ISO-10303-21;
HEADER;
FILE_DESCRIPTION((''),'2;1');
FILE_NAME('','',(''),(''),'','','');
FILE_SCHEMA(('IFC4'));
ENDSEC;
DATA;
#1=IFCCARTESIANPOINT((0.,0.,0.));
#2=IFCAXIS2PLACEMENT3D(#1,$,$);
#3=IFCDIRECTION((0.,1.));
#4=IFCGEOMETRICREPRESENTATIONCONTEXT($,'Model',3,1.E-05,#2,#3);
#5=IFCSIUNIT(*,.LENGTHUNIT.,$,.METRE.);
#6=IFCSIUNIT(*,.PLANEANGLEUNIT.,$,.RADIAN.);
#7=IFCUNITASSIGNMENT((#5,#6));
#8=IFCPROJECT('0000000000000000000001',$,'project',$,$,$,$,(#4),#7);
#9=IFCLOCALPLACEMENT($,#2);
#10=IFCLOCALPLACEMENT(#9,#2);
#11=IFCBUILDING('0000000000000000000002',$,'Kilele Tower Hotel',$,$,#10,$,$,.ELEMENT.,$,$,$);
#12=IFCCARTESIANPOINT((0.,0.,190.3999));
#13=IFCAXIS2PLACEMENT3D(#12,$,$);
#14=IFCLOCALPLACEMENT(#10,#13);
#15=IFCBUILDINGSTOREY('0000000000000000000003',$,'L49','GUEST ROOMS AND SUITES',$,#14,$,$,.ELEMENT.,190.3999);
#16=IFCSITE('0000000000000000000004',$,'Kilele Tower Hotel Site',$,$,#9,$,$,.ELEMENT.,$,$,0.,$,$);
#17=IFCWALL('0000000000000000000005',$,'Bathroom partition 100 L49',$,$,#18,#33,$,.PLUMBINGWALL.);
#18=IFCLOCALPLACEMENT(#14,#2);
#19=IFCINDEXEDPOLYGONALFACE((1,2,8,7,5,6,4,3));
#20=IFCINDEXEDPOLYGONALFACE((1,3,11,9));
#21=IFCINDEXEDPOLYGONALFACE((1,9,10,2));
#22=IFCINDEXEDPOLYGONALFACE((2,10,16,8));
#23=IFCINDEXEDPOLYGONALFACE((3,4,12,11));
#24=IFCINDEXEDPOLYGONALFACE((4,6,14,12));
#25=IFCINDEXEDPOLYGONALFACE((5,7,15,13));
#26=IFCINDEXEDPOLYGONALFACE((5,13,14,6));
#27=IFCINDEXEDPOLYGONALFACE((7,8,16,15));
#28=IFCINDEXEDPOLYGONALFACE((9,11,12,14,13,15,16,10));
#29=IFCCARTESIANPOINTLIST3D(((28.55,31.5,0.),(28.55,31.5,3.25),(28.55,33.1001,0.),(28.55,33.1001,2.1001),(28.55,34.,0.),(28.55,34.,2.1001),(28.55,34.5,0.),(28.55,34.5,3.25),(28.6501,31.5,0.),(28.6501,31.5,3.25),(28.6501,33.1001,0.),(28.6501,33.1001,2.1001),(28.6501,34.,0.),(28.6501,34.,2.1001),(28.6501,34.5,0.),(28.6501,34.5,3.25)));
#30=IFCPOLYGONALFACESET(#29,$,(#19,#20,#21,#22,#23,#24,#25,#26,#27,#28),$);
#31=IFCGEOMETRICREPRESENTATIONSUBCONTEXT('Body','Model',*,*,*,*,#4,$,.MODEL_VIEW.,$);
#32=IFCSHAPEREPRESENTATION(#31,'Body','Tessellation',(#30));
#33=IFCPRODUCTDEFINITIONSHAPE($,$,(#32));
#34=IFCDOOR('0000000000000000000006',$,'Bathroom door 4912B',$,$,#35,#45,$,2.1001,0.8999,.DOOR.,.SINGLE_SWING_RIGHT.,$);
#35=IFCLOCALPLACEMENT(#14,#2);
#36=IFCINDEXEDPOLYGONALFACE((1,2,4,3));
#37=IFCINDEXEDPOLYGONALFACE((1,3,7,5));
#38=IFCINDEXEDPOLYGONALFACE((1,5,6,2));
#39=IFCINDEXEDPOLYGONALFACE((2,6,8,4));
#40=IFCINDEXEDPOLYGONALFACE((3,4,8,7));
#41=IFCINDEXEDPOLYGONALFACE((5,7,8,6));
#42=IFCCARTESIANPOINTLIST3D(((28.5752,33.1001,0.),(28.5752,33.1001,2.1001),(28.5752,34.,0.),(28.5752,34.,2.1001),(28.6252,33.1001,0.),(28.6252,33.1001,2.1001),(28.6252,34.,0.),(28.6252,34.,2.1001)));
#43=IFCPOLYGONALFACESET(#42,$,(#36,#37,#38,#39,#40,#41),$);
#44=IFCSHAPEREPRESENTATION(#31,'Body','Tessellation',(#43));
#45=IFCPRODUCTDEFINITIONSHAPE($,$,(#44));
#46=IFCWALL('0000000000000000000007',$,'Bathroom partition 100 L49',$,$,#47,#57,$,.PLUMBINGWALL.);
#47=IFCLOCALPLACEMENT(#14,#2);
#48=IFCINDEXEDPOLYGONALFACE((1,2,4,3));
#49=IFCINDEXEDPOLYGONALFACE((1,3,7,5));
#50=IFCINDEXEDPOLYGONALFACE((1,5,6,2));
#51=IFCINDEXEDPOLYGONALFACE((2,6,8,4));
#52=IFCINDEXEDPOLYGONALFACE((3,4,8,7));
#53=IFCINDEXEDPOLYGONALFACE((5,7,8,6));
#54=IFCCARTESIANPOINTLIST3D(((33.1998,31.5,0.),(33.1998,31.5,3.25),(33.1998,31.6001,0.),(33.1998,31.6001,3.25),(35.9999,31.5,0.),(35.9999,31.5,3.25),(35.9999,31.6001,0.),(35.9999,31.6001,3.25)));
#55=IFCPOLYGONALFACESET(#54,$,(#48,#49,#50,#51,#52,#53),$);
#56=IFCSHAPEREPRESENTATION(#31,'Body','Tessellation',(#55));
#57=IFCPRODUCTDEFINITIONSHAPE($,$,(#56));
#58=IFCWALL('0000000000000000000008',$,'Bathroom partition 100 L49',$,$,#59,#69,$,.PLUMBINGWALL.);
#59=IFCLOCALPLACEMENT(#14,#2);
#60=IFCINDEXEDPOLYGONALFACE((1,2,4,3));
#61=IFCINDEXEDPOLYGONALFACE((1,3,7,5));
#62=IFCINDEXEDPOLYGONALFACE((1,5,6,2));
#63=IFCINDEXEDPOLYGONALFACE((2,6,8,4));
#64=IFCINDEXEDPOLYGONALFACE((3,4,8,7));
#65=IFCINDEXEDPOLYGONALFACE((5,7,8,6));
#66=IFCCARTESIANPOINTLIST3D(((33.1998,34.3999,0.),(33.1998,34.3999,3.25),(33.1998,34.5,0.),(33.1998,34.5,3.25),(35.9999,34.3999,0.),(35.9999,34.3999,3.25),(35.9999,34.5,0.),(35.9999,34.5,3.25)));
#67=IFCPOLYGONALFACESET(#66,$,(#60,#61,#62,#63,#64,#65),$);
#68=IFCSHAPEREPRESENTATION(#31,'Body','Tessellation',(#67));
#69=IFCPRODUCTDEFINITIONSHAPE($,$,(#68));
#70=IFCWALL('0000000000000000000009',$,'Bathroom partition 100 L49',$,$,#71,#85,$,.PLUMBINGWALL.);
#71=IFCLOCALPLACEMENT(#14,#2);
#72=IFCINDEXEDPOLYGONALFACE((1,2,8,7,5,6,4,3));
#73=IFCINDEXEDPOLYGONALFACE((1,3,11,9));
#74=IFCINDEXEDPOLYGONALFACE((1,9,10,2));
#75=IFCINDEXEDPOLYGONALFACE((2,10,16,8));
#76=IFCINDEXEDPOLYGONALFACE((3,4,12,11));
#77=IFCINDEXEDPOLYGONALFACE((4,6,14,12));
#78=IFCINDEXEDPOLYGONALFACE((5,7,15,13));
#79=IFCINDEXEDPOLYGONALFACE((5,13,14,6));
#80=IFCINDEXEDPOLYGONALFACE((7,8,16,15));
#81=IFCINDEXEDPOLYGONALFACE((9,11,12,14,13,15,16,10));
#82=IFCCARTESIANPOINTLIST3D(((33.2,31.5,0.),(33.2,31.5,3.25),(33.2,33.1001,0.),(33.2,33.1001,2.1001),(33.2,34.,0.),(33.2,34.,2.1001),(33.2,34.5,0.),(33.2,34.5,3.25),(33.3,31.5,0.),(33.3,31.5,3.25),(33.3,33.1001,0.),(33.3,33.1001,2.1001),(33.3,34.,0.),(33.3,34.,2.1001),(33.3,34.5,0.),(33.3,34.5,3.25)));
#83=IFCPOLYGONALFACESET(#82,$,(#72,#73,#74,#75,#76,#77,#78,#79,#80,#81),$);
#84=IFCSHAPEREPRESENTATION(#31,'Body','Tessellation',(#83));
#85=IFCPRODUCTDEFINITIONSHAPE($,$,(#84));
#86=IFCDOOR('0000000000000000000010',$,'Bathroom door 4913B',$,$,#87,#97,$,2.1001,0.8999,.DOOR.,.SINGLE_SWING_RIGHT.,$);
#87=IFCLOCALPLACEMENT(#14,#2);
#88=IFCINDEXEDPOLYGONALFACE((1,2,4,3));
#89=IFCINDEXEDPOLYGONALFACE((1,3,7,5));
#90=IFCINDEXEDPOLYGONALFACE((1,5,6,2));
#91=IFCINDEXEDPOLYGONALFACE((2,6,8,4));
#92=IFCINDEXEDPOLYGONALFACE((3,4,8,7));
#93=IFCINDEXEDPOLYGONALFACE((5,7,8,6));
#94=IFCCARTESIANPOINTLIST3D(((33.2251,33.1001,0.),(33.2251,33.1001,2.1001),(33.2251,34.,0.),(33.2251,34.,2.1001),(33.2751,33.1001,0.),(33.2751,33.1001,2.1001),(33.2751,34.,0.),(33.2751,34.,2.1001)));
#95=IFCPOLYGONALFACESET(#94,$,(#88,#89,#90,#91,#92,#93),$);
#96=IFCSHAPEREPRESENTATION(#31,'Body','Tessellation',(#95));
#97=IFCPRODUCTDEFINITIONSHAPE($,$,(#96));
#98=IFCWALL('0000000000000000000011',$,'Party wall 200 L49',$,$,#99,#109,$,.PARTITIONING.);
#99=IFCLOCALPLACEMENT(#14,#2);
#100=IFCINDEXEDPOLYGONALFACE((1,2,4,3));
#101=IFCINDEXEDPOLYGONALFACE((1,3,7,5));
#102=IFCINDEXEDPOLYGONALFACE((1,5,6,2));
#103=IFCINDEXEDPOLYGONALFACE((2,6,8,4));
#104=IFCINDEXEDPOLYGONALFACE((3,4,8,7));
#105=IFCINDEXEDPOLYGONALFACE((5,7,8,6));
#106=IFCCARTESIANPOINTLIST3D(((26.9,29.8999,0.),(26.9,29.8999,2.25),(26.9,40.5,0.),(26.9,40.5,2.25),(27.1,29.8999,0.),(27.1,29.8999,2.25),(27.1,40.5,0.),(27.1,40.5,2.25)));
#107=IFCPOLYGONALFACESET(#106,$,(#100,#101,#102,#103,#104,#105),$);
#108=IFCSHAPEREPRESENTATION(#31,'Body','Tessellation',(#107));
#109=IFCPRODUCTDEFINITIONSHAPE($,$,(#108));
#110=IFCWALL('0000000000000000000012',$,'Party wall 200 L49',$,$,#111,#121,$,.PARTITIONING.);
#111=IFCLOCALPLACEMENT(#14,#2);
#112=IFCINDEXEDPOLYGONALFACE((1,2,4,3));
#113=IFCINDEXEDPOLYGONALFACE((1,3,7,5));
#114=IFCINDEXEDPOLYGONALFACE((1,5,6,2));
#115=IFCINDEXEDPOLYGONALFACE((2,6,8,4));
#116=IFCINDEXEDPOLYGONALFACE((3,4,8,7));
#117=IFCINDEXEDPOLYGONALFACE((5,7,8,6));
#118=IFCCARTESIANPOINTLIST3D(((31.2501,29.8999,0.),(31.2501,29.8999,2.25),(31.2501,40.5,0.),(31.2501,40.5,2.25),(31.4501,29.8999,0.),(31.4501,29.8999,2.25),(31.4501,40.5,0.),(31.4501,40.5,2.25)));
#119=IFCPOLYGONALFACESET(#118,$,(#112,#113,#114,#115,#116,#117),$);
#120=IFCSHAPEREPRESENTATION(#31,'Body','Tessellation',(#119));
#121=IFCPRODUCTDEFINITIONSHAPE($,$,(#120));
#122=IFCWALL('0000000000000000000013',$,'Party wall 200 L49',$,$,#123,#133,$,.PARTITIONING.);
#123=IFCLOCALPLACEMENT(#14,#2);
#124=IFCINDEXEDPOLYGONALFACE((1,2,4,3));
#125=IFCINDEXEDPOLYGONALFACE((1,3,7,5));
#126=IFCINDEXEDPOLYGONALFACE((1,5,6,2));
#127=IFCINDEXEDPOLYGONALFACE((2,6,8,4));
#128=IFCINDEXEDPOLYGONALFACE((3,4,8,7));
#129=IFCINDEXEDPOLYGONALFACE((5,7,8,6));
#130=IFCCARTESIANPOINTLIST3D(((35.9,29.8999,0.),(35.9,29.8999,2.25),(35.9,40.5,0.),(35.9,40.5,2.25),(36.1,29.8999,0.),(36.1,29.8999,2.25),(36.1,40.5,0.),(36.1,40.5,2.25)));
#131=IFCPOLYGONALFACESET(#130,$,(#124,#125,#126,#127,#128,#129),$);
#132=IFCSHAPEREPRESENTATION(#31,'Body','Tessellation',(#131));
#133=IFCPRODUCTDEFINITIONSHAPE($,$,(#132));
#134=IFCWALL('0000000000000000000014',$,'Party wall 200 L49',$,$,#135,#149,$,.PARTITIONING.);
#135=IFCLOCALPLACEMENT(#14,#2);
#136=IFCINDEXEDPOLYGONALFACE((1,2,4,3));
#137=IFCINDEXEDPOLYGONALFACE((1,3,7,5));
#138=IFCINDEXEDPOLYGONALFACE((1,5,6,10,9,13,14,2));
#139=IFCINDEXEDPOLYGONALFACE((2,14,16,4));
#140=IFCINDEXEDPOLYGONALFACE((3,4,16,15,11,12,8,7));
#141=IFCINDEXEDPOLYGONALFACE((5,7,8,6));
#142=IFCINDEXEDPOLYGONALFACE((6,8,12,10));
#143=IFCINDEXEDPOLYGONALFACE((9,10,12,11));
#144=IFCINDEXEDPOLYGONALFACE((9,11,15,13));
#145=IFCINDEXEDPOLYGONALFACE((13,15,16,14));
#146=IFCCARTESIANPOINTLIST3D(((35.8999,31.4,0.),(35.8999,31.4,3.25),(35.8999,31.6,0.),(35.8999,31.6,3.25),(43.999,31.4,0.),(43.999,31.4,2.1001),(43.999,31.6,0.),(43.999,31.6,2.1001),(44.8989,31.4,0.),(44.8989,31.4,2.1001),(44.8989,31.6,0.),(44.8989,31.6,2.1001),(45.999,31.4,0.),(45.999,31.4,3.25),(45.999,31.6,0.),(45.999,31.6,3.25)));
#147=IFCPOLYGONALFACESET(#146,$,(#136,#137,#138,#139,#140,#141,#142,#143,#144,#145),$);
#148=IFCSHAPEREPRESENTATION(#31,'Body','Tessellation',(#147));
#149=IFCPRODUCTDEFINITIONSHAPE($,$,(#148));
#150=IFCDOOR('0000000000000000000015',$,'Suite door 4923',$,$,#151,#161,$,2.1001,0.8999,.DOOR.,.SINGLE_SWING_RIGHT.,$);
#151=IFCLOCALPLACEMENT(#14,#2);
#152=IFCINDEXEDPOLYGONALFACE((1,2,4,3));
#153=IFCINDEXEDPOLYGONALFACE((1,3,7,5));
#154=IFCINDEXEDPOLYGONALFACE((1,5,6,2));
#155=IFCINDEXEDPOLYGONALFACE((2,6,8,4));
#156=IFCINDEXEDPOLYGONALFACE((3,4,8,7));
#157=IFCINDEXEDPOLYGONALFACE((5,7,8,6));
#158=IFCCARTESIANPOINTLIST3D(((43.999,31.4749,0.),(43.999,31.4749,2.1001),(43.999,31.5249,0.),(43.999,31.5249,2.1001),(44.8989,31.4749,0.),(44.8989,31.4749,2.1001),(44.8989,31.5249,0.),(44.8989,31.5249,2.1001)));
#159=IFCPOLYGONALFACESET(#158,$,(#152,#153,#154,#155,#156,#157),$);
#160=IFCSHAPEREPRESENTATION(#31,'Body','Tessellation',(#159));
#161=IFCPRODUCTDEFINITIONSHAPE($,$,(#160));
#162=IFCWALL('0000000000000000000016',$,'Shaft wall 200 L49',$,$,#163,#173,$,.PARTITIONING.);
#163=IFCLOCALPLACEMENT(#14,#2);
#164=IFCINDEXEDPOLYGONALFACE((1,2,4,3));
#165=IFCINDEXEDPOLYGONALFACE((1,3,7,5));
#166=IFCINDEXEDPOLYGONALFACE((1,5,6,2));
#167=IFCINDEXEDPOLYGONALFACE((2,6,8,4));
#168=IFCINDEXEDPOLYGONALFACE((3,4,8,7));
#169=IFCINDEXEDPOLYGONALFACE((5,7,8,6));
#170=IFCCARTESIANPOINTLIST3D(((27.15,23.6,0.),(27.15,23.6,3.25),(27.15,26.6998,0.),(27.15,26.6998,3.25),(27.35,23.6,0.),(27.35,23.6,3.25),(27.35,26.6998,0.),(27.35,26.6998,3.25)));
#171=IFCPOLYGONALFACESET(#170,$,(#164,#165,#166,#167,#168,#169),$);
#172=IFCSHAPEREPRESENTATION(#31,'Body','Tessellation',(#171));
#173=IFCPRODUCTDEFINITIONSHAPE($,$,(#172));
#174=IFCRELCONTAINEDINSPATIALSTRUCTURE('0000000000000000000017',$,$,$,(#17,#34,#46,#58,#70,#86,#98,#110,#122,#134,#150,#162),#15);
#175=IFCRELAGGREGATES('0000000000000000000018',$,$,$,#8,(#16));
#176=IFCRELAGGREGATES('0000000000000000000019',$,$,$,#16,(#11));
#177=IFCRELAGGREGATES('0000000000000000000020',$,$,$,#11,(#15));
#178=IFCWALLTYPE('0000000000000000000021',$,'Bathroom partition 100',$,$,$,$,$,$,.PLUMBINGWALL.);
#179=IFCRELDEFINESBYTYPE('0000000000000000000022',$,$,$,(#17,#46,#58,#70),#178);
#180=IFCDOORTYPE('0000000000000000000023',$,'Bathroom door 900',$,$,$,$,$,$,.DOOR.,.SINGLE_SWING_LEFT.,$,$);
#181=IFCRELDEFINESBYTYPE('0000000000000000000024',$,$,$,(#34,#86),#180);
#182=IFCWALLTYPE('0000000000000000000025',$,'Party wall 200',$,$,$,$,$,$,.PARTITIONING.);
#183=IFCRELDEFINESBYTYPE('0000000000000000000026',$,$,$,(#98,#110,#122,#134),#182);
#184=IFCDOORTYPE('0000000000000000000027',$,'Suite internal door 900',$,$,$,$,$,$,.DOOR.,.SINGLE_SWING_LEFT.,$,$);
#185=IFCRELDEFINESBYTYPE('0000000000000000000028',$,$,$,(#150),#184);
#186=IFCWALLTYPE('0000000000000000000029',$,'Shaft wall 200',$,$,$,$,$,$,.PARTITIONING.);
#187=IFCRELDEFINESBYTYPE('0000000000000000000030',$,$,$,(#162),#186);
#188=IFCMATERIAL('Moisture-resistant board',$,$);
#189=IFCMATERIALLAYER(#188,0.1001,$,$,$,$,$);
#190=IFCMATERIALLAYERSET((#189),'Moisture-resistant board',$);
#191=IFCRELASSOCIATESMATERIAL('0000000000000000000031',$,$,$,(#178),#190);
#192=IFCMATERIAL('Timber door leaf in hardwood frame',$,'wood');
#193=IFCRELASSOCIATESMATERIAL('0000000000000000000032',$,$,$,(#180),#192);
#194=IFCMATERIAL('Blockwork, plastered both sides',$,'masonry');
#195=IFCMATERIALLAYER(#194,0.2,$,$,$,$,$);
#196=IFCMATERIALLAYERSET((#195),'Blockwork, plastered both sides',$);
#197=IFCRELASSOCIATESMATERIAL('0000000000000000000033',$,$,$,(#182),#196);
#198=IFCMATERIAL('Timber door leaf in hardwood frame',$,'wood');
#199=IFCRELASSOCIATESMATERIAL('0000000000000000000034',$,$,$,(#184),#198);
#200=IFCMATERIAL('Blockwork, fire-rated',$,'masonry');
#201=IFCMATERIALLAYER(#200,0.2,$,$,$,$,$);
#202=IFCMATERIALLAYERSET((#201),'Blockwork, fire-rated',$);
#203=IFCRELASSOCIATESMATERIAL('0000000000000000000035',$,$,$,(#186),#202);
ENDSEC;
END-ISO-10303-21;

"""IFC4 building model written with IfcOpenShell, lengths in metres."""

from ifc_helpers import new_model, si_unit, direction, frame, frame_2d, origin, place, context, subcontext, project, spatial, rectangle, extrude, material, layer, layer_set, type_object, element, fill, save


model = new_model("IFC4")

# Units and contexts
model_context = context("Model", 3, precision=1e-05, world=origin(), true_north=direction((0.0, 1.0)))
body_context = subcontext(model_context, "Body", "Model", "MODEL_VIEW")
ifc_project = project(units=[si_unit("LENGTHUNIT", "METRE"), si_unit("PLANEANGLEUNIT", "RADIAN")], contexts=[model_context])

# Site, building, storey
site_placement = place(None, origin())
site = spatial("IfcSite", under=ifc_project, at=site_placement, Name="Kilele Tower Hotel Site", CompositionType="ELEMENT", RefElevation=0.0)
building_placement = place(site_placement, origin())
building = spatial("IfcBuilding", under=site, at=building_placement, Name="Kilele Tower Hotel", CompositionType="ELEMENT")
storey_placement = place(building_placement, frame((0.0, 0.0, 190.3999)))
storey = spatial("IfcBuildingStorey", under=building, at=storey_placement, Name="L49", Description="GUEST ROOMS AND SUITES", CompositionType="ELEMENT", Elevation=190.3999)

# Shared definitions
ifc_material_1 = material(Name="Moisture-resistant board")
ifc_layer_1 = layer(ifc_material_1, 0.1001)
ifc_layer_set_1 = layer_set([ifc_layer_1], Name="Moisture-resistant board")
wall_type_1 = type_object("IfcWallType", Name="Bathroom partition 100", PredefinedType="PLUMBINGWALL", material=ifc_layer_set_1)

# Shared definitions
ifc_material_2 = material(Name="Timber door leaf in hardwood frame", Category="wood")
door_type_1 = type_object("IfcDoorType", Name="Bathroom door 900", OperationType="SINGLE_SWING_LEFT", PredefinedType="DOOR", material=ifc_material_2)

# Wall, opening, door
wall_1_placement = place(storey_placement, frame((28.6001, 31.5, 0.0), z_axis=(0.0, 0.0, 1.0), x_axis=(0.0, 1.0, 0.0)))
wall_1 = element("IfcWall", 1, at=wall_1_placement, inside=storey, type_object=wall_type_1, Name="Bathroom partition 100 L49", PredefinedType="PLUMBINGWALL", context=body_context, shape_type="SweptSolid", body=[
    extrude(rectangle(XDim=3.0, YDim=0.1001, at=frame_2d((1.5, 0.0))), origin(), (0.0, 0.0, 1.0), 3.25),
])
opening_1_placement = place(wall_1_placement, frame((1.6001, 0.0, 0.0)))
opening_1 = element("IfcOpeningElement", 2, at=opening_1_placement, cuts=wall_1, PredefinedType="OPENING", context=body_context, shape_type="SweptSolid", body=[
    extrude(rectangle(XDim=0.8999, YDim=2.1001, at=frame_2d((0.45, 1.05))), frame((0.0, 0.0601, 0.0), z_axis=(0.0, -1.0, 0.0), x_axis=(1.0, 0.0, 0.0)), (0.0, 0.0, 1.0), 0.1201),
])
door_1_placement = place(opening_1_placement, origin())
door_1 = element("IfcDoor", 3, at=door_1_placement, inside=storey, type_object=door_type_1, Name="Bathroom door 4912B", OperationType="SINGLE_SWING_RIGHT", OverallHeight=2.1001, OverallWidth=0.8999, PredefinedType="DOOR", context=body_context, shape_type="SweptSolid", body=[
    extrude(rectangle(XDim=0.8999, YDim=2.1001, at=frame_2d((0.45, 1.05))), frame((0.0, 0.0249, 0.0), z_axis=(0.0, -1.0, 0.0), x_axis=(1.0, 0.0, 0.0)), (0.0, 0.0, 1.0), 0.05),
])
fill(opening_1, door_1)

# Walls
for number, where, z_axis, x_axis, name in (
    (4, (33.2, 31.55, 0.0), (0.0, 0.0, 1.0), (1.0, 0.0, 0.0), "Bathroom partition 100 L49"),
    (5, (33.2, 34.45, 0.0), (0.0, 0.0, 1.0), (1.0, 0.0, 0.0), "Bathroom partition 100 L49"),
):
    element("IfcWall", number, at=place(storey_placement, frame(where, z_axis=z_axis, x_axis=x_axis)), inside=storey, type_object=wall_type_1, Name=name, PredefinedType="PLUMBINGWALL", context=body_context, shape_type="SweptSolid", body=[
        extrude(rectangle(XDim=2.8, YDim=0.1001, at=frame_2d((1.3999, 0.0))), origin(), (0.0, 0.0, 1.0), 3.25),
    ])

# Wall, opening, door
wall_2_placement = place(storey_placement, frame((33.25, 31.5, 0.0), z_axis=(0.0, 0.0, 1.0), x_axis=(0.0, 1.0, 0.0)))
wall_2 = element("IfcWall", 6, at=wall_2_placement, inside=storey, type_object=wall_type_1, Name="Bathroom partition 100 L49", PredefinedType="PLUMBINGWALL", context=body_context, shape_type="SweptSolid", body=[
    extrude(rectangle(XDim=3.0, YDim=0.1001, at=frame_2d((1.5, 0.0))), origin(), (0.0, 0.0, 1.0), 3.25),
])
opening_2_placement = place(wall_2_placement, frame((1.6001, 0.0, 0.0)))
opening_2 = element("IfcOpeningElement", 7, at=opening_2_placement, cuts=wall_2, PredefinedType="OPENING", context=body_context, shape_type="SweptSolid", body=[
    extrude(rectangle(XDim=0.8999, YDim=2.1001, at=frame_2d((0.45, 1.05))), frame((0.0, 0.0601, 0.0), z_axis=(0.0, -1.0, 0.0), x_axis=(1.0, 0.0, 0.0)), (0.0, 0.0, 1.0), 0.1201),
])
door_2_placement = place(opening_2_placement, origin())
door_2 = element("IfcDoor", 8, at=door_2_placement, inside=storey, type_object=door_type_1, Name="Bathroom door 4913B", OperationType="SINGLE_SWING_RIGHT", OverallHeight=2.1001, OverallWidth=0.8999, PredefinedType="DOOR", context=body_context, shape_type="SweptSolid", body=[
    extrude(rectangle(XDim=0.8999, YDim=2.1001, at=frame_2d((0.45, 1.05))), frame((0.0, 0.0249, 0.0), z_axis=(0.0, -1.0, 0.0), x_axis=(1.0, 0.0, 0.0)), (0.0, 0.0, 1.0), 0.05),
])
fill(opening_2, door_2)

# Walls
ifc_material_3 = material(Name="Blockwork, plastered both sides", Category="masonry")
ifc_layer_2 = layer(ifc_material_3, 0.2)
ifc_layer_set_2 = layer_set([ifc_layer_2], Name="Blockwork, plastered both sides")
wall_type_2 = type_object("IfcWallType", Name="Party wall 200", PredefinedType="PARTITIONING", material=ifc_layer_set_2)
for number, where, z_axis, x_axis, name in (
    (9, (27.0, 29.8999, 0.0), (0.0, 0.0, 1.0), (0.0, 1.0, 0.0), "Party wall 200 L49"),
    (10, (31.3501, 29.8999, 0.0), (0.0, 0.0, 1.0), (0.0, 1.0, 0.0), "Party wall 200 L49"),
    (11, (36.0, 29.8999, 0.0), (0.0, 0.0, 1.0), (0.0, 1.0, 0.0), "Party wall 200 L49"),
):
    element("IfcWall", number, at=place(storey_placement, frame(where, z_axis=z_axis, x_axis=x_axis)), inside=storey, type_object=wall_type_2, Name=name, PredefinedType="PARTITIONING", context=body_context, shape_type="SweptSolid", body=[
        extrude(rectangle(XDim=10.6001, YDim=0.2, at=frame_2d((5.3, 0.0))), origin(), (0.0, 0.0, 1.0), 2.25),
    ])

# Wall, opening, door
wall_3_placement = place(storey_placement, frame((35.8999, 31.5, 0.0), z_axis=(0.0, 0.0, 1.0), x_axis=(1.0, 0.0, 0.0)))
wall_3 = element("IfcWall", 12, at=wall_3_placement, inside=storey, type_object=wall_type_2, Name="Party wall 200 L49", PredefinedType="PARTITIONING", context=body_context, shape_type="SweptSolid", body=[
    extrude(rectangle(XDim=10.0991, YDim=0.2, at=frame_2d((5.0496, 0.0))), origin(), (0.0, 0.0, 1.0), 3.25),
])
opening_3_placement = place(wall_3_placement, frame((8.0991, 0.0, 0.0)))
opening_3 = element("IfcOpeningElement", 13, at=opening_3_placement, cuts=wall_3, PredefinedType="OPENING", context=body_context, shape_type="SweptSolid", body=[
    extrude(rectangle(XDim=0.8999, YDim=2.1001, at=frame_2d((0.45, 1.05))), frame((0.0, 0.1099, 0.0), z_axis=(0.0, -1.0, 0.0), x_axis=(1.0, 0.0, 0.0)), (0.0, 0.0, 1.0), 0.22),
])
ifc_material_4 = material(Name="Timber door leaf in hardwood frame", Category="wood")
door_type_2 = type_object("IfcDoorType", Name="Suite internal door 900", OperationType="SINGLE_SWING_LEFT", PredefinedType="DOOR", material=ifc_material_4)
door_3_placement = place(opening_3_placement, origin())
door_3 = element("IfcDoor", 14, at=door_3_placement, inside=storey, type_object=door_type_2, Name="Suite door 4923", OperationType="SINGLE_SWING_RIGHT", OverallHeight=2.1001, OverallWidth=0.8999, PredefinedType="DOOR", context=body_context, shape_type="SweptSolid", body=[
    extrude(rectangle(XDim=0.8999, YDim=2.1001, at=frame_2d((0.45, 1.05))), frame((0.0, 0.0249, 0.0), z_axis=(0.0, -1.0, 0.0), x_axis=(1.0, 0.0, 0.0)), (0.0, 0.0, 1.0), 0.05),
])
fill(opening_3, door_3)

# Wall
ifc_material_5 = material(Name="Blockwork, fire-rated", Category="masonry")
ifc_layer_3 = layer(ifc_material_5, 0.2)
ifc_layer_set_3 = layer_set([ifc_layer_3], Name="Blockwork, fire-rated")
wall_type_3 = type_object("IfcWallType", Name="Shaft wall 200", PredefinedType="PARTITIONING", material=ifc_layer_set_3)
wall_4_placement = place(storey_placement, frame((27.25, 23.6001, 0.0), z_axis=(0.0, 0.0, 1.0), x_axis=(0.0, 1.0, 0.0)))
element("IfcWall", 15, at=wall_4_placement, inside=storey, type_object=wall_type_3, Name="Shaft wall 200 L49", PredefinedType="PARTITIONING", context=body_context, shape_type="SweptSolid", body=[
    extrude(rectangle(XDim=3.0999, YDim=0.2, at=frame_2d((1.5498, 0.0))), origin(), (0.0, 0.0, 1.0), 3.25),
])

save(model, "model.ifc")
